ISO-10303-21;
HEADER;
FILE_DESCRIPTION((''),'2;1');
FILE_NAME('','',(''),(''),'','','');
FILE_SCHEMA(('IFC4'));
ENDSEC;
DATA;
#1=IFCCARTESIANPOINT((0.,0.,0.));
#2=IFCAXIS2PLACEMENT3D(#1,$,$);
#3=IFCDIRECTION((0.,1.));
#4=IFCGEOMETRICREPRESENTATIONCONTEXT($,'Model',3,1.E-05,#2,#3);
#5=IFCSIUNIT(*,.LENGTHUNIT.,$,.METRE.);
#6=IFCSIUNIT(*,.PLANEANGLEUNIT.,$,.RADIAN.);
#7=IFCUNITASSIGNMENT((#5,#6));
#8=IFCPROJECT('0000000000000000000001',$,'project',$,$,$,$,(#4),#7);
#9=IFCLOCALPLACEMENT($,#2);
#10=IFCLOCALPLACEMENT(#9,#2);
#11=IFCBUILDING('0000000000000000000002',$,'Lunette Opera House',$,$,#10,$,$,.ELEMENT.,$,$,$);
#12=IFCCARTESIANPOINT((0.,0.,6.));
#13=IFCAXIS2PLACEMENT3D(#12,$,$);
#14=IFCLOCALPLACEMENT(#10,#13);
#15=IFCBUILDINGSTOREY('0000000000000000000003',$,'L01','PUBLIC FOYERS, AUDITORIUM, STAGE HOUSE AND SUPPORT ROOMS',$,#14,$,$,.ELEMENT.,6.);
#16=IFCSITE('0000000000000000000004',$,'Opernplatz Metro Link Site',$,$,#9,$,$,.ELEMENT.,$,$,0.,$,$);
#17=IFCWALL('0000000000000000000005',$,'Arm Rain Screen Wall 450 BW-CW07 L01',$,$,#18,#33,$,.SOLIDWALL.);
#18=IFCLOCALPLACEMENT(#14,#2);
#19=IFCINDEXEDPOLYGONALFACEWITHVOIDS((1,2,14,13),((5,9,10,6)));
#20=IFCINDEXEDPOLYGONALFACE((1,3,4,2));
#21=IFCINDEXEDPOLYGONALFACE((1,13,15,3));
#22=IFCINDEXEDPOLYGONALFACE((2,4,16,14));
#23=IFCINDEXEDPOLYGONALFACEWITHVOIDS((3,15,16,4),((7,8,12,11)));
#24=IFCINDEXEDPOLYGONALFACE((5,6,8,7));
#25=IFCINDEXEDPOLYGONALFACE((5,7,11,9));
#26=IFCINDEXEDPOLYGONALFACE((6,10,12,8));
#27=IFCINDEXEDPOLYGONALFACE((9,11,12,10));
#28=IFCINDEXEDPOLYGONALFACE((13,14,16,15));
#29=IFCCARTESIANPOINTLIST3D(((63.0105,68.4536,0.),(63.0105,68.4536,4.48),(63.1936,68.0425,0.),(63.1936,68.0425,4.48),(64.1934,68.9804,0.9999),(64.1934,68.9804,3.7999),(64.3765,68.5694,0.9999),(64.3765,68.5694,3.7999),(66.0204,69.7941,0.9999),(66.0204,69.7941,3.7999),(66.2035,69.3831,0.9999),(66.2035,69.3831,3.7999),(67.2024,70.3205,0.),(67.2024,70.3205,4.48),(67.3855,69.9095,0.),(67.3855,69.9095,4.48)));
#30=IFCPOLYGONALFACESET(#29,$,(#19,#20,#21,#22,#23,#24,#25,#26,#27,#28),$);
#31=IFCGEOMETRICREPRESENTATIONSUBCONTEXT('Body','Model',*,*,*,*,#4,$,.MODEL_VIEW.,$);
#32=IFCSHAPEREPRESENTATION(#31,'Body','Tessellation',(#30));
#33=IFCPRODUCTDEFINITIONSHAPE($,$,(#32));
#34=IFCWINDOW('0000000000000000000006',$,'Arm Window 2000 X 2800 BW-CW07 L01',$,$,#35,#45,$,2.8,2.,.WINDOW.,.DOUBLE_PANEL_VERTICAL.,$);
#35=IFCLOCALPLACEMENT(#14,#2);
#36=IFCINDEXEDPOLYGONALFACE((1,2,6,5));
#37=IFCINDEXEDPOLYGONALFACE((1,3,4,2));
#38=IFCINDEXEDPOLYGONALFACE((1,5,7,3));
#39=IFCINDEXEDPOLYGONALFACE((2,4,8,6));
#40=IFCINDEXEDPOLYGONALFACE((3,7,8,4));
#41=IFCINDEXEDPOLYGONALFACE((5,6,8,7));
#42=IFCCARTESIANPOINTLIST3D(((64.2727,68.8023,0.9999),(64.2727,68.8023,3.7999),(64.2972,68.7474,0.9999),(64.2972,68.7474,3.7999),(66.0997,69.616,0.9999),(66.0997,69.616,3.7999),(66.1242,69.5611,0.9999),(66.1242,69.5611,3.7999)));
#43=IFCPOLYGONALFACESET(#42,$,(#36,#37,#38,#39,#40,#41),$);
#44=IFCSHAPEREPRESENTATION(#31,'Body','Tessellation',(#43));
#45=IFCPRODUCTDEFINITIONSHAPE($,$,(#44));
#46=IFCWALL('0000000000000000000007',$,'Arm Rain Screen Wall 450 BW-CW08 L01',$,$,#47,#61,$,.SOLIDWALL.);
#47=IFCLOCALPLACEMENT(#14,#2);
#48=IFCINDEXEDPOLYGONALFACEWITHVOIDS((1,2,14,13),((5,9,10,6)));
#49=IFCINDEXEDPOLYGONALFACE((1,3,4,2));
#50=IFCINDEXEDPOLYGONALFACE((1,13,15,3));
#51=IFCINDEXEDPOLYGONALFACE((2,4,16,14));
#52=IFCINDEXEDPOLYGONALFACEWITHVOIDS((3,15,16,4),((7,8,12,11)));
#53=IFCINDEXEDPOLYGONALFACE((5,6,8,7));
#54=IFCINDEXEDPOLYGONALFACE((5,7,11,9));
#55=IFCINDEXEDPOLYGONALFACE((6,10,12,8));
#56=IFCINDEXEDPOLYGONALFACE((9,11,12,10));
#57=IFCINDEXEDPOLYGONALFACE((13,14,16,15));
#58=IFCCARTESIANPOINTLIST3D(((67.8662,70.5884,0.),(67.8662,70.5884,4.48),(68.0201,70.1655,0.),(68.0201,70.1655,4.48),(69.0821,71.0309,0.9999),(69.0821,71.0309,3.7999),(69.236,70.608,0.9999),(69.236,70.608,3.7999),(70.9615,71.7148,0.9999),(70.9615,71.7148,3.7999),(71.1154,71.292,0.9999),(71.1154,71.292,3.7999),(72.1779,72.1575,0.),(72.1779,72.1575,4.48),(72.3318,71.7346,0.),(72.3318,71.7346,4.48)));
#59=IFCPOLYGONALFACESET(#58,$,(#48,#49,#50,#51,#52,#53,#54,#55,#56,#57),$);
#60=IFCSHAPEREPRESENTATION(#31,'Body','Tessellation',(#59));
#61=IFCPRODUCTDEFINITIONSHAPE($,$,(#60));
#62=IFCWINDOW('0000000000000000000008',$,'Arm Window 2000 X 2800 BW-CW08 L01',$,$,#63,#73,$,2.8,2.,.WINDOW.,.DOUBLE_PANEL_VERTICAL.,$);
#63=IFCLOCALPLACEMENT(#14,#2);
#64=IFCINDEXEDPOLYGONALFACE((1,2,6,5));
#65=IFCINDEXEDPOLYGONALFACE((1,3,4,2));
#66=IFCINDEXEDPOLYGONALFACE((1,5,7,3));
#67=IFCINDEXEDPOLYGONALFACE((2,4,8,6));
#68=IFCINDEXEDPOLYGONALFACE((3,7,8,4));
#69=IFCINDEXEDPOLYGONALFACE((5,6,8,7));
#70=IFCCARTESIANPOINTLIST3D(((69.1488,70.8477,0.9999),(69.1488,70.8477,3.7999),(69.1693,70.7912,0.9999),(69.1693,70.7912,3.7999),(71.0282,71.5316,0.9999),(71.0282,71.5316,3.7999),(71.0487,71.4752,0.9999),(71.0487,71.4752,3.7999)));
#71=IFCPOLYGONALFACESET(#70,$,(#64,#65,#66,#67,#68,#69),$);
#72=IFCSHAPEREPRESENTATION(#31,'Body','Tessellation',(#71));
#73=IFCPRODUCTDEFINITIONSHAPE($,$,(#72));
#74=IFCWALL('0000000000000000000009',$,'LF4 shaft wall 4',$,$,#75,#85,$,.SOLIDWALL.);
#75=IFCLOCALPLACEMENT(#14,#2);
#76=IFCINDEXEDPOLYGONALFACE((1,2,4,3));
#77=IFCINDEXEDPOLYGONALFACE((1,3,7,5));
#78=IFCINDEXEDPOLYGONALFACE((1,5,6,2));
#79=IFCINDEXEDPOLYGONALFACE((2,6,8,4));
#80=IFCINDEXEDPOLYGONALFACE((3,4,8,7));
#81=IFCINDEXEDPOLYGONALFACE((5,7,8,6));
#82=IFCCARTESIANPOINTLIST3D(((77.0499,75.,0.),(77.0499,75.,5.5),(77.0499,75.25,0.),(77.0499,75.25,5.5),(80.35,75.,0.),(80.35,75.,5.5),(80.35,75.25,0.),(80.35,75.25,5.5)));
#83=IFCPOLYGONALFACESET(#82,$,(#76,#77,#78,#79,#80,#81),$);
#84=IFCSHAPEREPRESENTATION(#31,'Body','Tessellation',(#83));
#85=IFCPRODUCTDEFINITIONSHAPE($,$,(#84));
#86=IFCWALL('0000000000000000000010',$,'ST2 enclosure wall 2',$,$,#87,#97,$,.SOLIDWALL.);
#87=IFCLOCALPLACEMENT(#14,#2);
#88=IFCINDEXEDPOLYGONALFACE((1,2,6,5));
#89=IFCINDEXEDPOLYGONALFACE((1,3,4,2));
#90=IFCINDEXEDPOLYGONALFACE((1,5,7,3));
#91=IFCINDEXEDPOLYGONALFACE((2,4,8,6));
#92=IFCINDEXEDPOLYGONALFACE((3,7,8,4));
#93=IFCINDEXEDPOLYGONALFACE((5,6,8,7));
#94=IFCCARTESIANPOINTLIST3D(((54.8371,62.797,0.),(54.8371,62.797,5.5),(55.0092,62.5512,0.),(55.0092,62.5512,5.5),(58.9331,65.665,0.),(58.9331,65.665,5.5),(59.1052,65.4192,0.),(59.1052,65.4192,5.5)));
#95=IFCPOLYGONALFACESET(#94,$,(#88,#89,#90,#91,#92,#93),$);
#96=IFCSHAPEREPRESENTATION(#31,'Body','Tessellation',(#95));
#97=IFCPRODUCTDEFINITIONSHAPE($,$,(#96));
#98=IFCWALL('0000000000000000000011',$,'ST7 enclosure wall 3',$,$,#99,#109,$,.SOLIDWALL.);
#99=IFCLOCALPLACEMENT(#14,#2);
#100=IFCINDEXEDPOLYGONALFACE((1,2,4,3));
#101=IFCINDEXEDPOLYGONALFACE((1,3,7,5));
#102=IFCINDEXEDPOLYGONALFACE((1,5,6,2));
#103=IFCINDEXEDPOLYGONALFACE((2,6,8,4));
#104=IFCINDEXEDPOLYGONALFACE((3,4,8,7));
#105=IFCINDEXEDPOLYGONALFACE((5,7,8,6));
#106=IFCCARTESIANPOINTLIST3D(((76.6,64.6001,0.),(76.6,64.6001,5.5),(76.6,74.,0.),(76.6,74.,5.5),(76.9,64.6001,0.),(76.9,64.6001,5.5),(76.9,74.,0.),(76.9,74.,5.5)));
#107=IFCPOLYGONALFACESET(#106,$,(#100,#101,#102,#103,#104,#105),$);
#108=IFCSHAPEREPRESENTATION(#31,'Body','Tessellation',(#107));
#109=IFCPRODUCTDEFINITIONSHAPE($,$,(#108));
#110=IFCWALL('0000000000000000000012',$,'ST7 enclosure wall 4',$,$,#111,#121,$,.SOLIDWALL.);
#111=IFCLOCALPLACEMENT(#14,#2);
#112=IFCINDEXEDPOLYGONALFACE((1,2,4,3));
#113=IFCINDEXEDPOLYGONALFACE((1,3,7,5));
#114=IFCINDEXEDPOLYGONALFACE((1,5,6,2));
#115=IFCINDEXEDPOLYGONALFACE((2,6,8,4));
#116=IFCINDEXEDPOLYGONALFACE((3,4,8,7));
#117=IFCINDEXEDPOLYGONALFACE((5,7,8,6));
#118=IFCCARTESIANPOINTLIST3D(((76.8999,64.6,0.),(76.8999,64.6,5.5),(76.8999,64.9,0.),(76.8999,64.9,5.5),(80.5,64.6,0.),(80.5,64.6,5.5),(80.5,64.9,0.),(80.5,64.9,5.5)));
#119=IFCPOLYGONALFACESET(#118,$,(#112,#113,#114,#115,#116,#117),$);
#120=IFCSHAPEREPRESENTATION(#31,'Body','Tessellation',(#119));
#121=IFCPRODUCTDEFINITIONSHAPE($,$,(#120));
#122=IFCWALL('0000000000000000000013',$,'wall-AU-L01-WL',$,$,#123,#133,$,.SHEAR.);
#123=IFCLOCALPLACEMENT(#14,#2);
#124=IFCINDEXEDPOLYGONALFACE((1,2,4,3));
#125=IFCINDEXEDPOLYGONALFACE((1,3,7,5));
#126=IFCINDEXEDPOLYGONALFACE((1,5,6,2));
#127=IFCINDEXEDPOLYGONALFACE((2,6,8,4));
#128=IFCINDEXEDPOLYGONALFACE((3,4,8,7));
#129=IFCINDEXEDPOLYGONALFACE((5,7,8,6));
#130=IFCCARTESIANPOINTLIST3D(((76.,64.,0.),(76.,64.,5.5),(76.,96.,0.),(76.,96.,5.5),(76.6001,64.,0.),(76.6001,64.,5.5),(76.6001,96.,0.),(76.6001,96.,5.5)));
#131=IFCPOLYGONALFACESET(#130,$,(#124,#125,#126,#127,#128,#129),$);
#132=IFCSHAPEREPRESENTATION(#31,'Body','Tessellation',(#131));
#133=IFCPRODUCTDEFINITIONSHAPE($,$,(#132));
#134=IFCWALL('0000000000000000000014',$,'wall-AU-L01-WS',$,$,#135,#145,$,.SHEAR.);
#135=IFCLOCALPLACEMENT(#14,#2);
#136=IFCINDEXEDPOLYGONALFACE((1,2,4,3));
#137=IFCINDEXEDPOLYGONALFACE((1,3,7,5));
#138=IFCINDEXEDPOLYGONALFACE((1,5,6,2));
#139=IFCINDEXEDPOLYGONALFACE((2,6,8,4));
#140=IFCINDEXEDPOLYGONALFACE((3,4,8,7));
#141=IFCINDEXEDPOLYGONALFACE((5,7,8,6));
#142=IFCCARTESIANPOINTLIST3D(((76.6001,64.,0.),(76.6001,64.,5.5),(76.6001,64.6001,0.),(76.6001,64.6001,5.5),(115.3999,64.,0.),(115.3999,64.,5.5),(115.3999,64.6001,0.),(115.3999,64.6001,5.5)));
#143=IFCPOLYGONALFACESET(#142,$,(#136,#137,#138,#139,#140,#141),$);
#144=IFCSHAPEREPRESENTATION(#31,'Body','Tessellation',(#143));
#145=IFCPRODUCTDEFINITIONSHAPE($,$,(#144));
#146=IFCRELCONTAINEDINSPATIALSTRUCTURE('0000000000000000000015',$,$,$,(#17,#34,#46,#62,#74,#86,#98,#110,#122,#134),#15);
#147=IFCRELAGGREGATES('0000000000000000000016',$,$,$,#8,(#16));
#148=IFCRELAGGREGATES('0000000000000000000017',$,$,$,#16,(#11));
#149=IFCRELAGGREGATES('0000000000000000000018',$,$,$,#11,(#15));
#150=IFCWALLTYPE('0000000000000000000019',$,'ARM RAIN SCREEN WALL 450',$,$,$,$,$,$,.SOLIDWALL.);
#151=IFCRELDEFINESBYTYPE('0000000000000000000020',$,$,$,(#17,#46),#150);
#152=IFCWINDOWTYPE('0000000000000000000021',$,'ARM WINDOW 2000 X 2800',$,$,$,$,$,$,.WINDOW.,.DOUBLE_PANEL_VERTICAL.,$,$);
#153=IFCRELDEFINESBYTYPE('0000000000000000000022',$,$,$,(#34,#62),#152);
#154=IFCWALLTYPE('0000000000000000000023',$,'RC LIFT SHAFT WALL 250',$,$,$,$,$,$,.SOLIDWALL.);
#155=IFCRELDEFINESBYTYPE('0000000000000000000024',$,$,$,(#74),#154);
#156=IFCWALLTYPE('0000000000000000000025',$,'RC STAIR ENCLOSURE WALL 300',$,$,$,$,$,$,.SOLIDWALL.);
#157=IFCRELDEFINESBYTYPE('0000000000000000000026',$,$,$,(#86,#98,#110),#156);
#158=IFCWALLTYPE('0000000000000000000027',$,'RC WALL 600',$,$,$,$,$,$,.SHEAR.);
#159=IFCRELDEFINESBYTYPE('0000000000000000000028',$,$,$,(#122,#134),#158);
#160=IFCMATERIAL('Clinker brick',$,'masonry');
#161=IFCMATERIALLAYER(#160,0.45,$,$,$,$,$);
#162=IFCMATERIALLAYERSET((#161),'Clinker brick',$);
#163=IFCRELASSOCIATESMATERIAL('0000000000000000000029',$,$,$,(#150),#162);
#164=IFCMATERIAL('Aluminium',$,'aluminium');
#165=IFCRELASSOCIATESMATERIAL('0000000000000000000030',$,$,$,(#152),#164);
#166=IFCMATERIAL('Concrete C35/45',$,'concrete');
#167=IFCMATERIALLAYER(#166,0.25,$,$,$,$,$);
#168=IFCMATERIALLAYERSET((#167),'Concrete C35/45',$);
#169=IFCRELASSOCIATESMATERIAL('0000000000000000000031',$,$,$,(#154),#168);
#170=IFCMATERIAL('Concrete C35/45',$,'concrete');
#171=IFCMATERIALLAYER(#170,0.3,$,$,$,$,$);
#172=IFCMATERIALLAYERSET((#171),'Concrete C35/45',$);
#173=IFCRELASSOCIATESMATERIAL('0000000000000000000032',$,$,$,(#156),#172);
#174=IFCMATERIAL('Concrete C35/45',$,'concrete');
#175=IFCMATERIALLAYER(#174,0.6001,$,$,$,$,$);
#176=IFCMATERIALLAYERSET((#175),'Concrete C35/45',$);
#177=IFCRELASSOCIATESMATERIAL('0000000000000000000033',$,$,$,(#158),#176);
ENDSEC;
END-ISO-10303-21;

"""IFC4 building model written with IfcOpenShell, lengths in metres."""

from ifc_helpers import new_model, si_unit, direction, frame, frame_2d, origin, place, context, subcontext, project, spatial, rectangle, extrude, material, layer, layer_set, type_object, element, fill, save


model = new_model("IFC4")

# Units and contexts
model_context = context("Model", 3, precision=1e-05, world=origin(), true_north=direction((0.0, 1.0)))
body_context = subcontext(model_context, "Body", "Model", "MODEL_VIEW")
ifc_project = project(units=[si_unit("LENGTHUNIT", "METRE"), si_unit("PLANEANGLEUNIT", "RADIAN")], contexts=[model_context])

# Site, building, storey
site_placement = place(None, origin())
site = spatial("IfcSite", under=ifc_project, at=site_placement, Name="Opernplatz Metro Link Site", CompositionType="ELEMENT", RefElevation=0.0)
building_placement = place(site_placement, origin())
building = spatial("IfcBuilding", under=site, at=building_placement, Name="Lunette Opera House", CompositionType="ELEMENT")
storey_placement = place(building_placement, frame((0.0, 0.0, 6.0)))
storey = spatial("IfcBuildingStorey", under=building, at=storey_placement, Name="L01", Description="PUBLIC FOYERS, AUDITORIUM, STAGE HOUSE AND SUPPORT ROOMS", CompositionType="ELEMENT", Elevation=6.0)

# Walls, openings, windows
ifc_material_1 = material(Name="Clinker brick", Category="masonry")
ifc_layer_1 = layer(ifc_material_1, 0.45)
ifc_layer_set_1 = layer_set([ifc_layer_1], Name="Clinker brick")
wall_type_1 = type_object("IfcWallType", Name="ARM RAIN SCREEN WALL 450", PredefinedType="SOLIDWALL", material=ifc_layer_set_1)
ifc_material_2 = material(Name="Aluminium", Category="aluminium")
window_type = type_object("IfcWindowType", Name="ARM WINDOW 2000 X 2800", PartitioningType="DOUBLE_PANEL_VERTICAL", PredefinedType="WINDOW", material=ifc_material_2)
wall_1_placement = place(storey_placement, frame((63.1021, 68.248, 0.0), z_axis=(0.0, 0.0, 1.0), x_axis=(0.913498, 0.406844, 0.0)))
wall_1 = element("IfcWall", 1, at=wall_1_placement, inside=storey, type_object=wall_type_1, Name="Arm Rain Screen Wall 450 BW-CW07 L01", PredefinedType="SOLIDWALL", context=body_context, shape_type="SweptSolid", body=[
    extrude(rectangle(XDim=4.5889, YDim=0.45, at=frame_2d((2.2944, 0.0))), origin(), (0.0, 0.0, 1.0), 4.48),
])
opening_1_placement = place(wall_1_placement, frame((1.2949, 0.0, 1.0)))
opening_1 = element("IfcOpeningElement", 2, at=opening_1_placement, cuts=wall_1, PredefinedType="OPENING", context=body_context, shape_type="SweptSolid", body=[
    extrude(rectangle(XDim=2.0, YDim=2.8, at=frame_2d((1.0, 1.3999))), frame((0.0, 0.2371, 0.0), z_axis=(0.0, -1.0, 0.0), x_axis=(1.0, 0.0, 0.0)), (0.0, 0.0, 1.0), 0.4739),
])
window_1_placement = place(opening_1_placement, origin())
window_1 = element("IfcWindow", 3, at=window_1_placement, inside=storey, type_object=window_type, Name="Arm Window 2000 X 2800 BW-CW07 L01", OverallHeight=2.8, OverallWidth=2.0, PartitioningType="DOUBLE_PANEL_VERTICAL", PredefinedType="WINDOW", context=body_context, shape_type="SweptSolid", body=[
    extrude(rectangle(XDim=2.0, YDim=2.8, at=frame_2d((1.0, 1.3999))), frame((0.0, 0.03, 0.0), z_axis=(0.0, -1.0, 0.0), x_axis=(1.0, 0.0, 0.0)), (0.0, 0.0, 1.0), 0.0601),
])
fill(opening_1, window_1)
wall_2_placement = place(storey_placement, frame((67.9431, 70.377, 0.0), z_axis=(0.0, 0.0, 1.0), x_axis=(0.939711, 0.341969, 0.0)))
wall_2 = element("IfcWall", 4, at=wall_2_placement, inside=storey, type_object=wall_type_1, Name="Arm Rain Screen Wall 450 BW-CW08 L01", PredefinedType="SOLIDWALL", context=body_context, shape_type="SweptSolid", body=[
    extrude(rectangle(XDim=4.5884, YDim=0.45, at=frame_2d((2.2942, 0.0))), origin(), (0.0, 0.0, 1.0), 4.48),
])
opening_2_placement = place(wall_2_placement, frame((1.2939, 0.0, 1.0)))
opening_2 = element("IfcOpeningElement", 5, at=opening_2_placement, cuts=wall_2, PredefinedType="OPENING", context=body_context, shape_type="SweptSolid", body=[
    extrude(rectangle(XDim=2.0, YDim=2.8, at=frame_2d((1.0, 1.3999))), frame((0.0, 0.2371, 0.0), z_axis=(0.0, -1.0, 0.0), x_axis=(1.0, 0.0, 0.0)), (0.0, 0.0, 1.0), 0.4739),
])
window_2_placement = place(opening_2_placement, origin())
window_2 = element("IfcWindow", 6, at=window_2_placement, inside=storey, type_object=window_type, Name="Arm Window 2000 X 2800 BW-CW08 L01", OverallHeight=2.8, OverallWidth=2.0, PartitioningType="DOUBLE_PANEL_VERTICAL", PredefinedType="WINDOW", context=body_context, shape_type="SweptSolid", body=[
    extrude(rectangle(XDim=2.0, YDim=2.8, at=frame_2d((1.0, 1.3999))), frame((0.0, 0.03, 0.0), z_axis=(0.0, -1.0, 0.0), x_axis=(1.0, 0.0, 0.0)), (0.0, 0.0, 1.0), 0.0601),
])
fill(opening_2, window_2)

# Walls
ifc_material_3 = material(Name="Concrete C35/45", Category="concrete")
ifc_layer_2 = layer(ifc_material_3, 0.25)
ifc_layer_set_2 = layer_set([ifc_layer_2], Name="Concrete C35/45")
wall_type_2 = type_object("IfcWallType", Name="RC LIFT SHAFT WALL 250", PredefinedType="SOLIDWALL", material=ifc_layer_set_2)
wall_3_placement = place(storey_placement, frame((77.05, 75.125, 0.0), z_axis=(0.0, 0.0, 1.0), x_axis=(1.0, 0.0, 0.0)))
element("IfcWall", 7, at=wall_3_placement, inside=storey, type_object=wall_type_2, Name="LF4 shaft wall 4", PredefinedType="SOLIDWALL", context=body_context, shape_type="SweptSolid", body=[
    extrude(rectangle(XDim=3.3, YDim=0.25, at=frame_2d((1.6499, 0.0))), origin(), (0.0, 0.0, 1.0), 5.5),
])
ifc_material_4 = material(Name="Concrete C35/45", Category="concrete")
ifc_layer_3 = layer(ifc_material_4, 0.3)
ifc_layer_set_3 = layer_set([ifc_layer_3], Name="Concrete C35/45")
wall_type_3 = type_object("IfcWallType", Name="RC STAIR ENCLOSURE WALL 300", PredefinedType="SOLIDWALL", material=ifc_layer_set_3)
wall_4_placement = place(storey_placement, frame((59.019, 65.542, 0.0), z_axis=(0.0, 0.0, 1.0), x_axis=(-0.819161, -0.573564, 0.0)))
element("IfcWall", 8, at=wall_4_placement, inside=storey, type_object=wall_type_3, Name="ST2 enclosure wall 2", PredefinedType="SOLIDWALL", context=body_context, shape_type="SweptSolid", body=[
    extrude(rectangle(XDim=5.0002, YDim=0.3, at=frame_2d((2.5, 0.0))), origin(), (0.0, 0.0, 1.0), 5.5),
])
wall_5_placement = place(storey_placement, frame((76.75, 74.0, 0.0), z_axis=(0.0, 0.0, 1.0), x_axis=(0.0, -1.0, 0.0)))
element("IfcWall", 9, at=wall_5_placement, inside=storey, type_object=wall_type_3, Name="ST7 enclosure wall 3", PredefinedType="SOLIDWALL", context=body_context, shape_type="SweptSolid", body=[
    extrude(rectangle(XDim=9.3999, YDim=0.3, at=frame_2d((4.7, 0.0))), origin(), (0.0, 0.0, 1.0), 5.5),
])
wall_6_placement = place(storey_placement, frame((76.8999, 64.75, 0.0), z_axis=(0.0, 0.0, 1.0), x_axis=(1.0, 0.0, 0.0)))
element("IfcWall", 10, at=wall_6_placement, inside=storey, type_object=wall_type_3, Name="ST7 enclosure wall 4", PredefinedType="SOLIDWALL", context=body_context, shape_type="SweptSolid", body=[
    extrude(rectangle(XDim=3.6001, YDim=0.3, at=frame_2d((1.8, 0.0))), origin(), (0.0, 0.0, 1.0), 5.5),
])
ifc_material_5 = material(Name="Concrete C35/45", Category="concrete")
ifc_layer_4 = layer(ifc_material_5, 0.6001)
ifc_layer_set_4 = layer_set([ifc_layer_4], Name="Concrete C35/45")
wall_type_4 = type_object("IfcWallType", Name="RC WALL 600", PredefinedType="SHEAR", material=ifc_layer_set_4)
wall_7_placement = place(storey_placement, frame((76.3, 64.0, 0.0), z_axis=(0.0, 0.0, 1.0), x_axis=(0.0, 1.0, 0.0)))
element("IfcWall", 11, at=wall_7_placement, inside=storey, type_object=wall_type_4, Name="wall-AU-L01-WL", PredefinedType="SHEAR", context=body_context, shape_type="SweptSolid", body=[
    extrude(rectangle(XDim=32.0, YDim=0.6001, at=frame_2d((16.0, 0.0))), origin(), (0.0, 0.0, 1.0), 5.5),
])
wall_8_placement = place(storey_placement, frame((76.6001, 64.3, 0.0), z_axis=(0.0, 0.0, 1.0), x_axis=(1.0, 0.0, 0.0)))
element("IfcWall", 12, at=wall_8_placement, inside=storey, type_object=wall_type_4, Name="wall-AU-L01-WS", PredefinedType="SHEAR", context=body_context, shape_type="SweptSolid", body=[
    extrude(rectangle(XDim=38.7998, YDim=0.6001, at=frame_2d((19.3999, 0.0))), origin(), (0.0, 0.0, 1.0), 5.5),
])

save(model, "model.ifc")
